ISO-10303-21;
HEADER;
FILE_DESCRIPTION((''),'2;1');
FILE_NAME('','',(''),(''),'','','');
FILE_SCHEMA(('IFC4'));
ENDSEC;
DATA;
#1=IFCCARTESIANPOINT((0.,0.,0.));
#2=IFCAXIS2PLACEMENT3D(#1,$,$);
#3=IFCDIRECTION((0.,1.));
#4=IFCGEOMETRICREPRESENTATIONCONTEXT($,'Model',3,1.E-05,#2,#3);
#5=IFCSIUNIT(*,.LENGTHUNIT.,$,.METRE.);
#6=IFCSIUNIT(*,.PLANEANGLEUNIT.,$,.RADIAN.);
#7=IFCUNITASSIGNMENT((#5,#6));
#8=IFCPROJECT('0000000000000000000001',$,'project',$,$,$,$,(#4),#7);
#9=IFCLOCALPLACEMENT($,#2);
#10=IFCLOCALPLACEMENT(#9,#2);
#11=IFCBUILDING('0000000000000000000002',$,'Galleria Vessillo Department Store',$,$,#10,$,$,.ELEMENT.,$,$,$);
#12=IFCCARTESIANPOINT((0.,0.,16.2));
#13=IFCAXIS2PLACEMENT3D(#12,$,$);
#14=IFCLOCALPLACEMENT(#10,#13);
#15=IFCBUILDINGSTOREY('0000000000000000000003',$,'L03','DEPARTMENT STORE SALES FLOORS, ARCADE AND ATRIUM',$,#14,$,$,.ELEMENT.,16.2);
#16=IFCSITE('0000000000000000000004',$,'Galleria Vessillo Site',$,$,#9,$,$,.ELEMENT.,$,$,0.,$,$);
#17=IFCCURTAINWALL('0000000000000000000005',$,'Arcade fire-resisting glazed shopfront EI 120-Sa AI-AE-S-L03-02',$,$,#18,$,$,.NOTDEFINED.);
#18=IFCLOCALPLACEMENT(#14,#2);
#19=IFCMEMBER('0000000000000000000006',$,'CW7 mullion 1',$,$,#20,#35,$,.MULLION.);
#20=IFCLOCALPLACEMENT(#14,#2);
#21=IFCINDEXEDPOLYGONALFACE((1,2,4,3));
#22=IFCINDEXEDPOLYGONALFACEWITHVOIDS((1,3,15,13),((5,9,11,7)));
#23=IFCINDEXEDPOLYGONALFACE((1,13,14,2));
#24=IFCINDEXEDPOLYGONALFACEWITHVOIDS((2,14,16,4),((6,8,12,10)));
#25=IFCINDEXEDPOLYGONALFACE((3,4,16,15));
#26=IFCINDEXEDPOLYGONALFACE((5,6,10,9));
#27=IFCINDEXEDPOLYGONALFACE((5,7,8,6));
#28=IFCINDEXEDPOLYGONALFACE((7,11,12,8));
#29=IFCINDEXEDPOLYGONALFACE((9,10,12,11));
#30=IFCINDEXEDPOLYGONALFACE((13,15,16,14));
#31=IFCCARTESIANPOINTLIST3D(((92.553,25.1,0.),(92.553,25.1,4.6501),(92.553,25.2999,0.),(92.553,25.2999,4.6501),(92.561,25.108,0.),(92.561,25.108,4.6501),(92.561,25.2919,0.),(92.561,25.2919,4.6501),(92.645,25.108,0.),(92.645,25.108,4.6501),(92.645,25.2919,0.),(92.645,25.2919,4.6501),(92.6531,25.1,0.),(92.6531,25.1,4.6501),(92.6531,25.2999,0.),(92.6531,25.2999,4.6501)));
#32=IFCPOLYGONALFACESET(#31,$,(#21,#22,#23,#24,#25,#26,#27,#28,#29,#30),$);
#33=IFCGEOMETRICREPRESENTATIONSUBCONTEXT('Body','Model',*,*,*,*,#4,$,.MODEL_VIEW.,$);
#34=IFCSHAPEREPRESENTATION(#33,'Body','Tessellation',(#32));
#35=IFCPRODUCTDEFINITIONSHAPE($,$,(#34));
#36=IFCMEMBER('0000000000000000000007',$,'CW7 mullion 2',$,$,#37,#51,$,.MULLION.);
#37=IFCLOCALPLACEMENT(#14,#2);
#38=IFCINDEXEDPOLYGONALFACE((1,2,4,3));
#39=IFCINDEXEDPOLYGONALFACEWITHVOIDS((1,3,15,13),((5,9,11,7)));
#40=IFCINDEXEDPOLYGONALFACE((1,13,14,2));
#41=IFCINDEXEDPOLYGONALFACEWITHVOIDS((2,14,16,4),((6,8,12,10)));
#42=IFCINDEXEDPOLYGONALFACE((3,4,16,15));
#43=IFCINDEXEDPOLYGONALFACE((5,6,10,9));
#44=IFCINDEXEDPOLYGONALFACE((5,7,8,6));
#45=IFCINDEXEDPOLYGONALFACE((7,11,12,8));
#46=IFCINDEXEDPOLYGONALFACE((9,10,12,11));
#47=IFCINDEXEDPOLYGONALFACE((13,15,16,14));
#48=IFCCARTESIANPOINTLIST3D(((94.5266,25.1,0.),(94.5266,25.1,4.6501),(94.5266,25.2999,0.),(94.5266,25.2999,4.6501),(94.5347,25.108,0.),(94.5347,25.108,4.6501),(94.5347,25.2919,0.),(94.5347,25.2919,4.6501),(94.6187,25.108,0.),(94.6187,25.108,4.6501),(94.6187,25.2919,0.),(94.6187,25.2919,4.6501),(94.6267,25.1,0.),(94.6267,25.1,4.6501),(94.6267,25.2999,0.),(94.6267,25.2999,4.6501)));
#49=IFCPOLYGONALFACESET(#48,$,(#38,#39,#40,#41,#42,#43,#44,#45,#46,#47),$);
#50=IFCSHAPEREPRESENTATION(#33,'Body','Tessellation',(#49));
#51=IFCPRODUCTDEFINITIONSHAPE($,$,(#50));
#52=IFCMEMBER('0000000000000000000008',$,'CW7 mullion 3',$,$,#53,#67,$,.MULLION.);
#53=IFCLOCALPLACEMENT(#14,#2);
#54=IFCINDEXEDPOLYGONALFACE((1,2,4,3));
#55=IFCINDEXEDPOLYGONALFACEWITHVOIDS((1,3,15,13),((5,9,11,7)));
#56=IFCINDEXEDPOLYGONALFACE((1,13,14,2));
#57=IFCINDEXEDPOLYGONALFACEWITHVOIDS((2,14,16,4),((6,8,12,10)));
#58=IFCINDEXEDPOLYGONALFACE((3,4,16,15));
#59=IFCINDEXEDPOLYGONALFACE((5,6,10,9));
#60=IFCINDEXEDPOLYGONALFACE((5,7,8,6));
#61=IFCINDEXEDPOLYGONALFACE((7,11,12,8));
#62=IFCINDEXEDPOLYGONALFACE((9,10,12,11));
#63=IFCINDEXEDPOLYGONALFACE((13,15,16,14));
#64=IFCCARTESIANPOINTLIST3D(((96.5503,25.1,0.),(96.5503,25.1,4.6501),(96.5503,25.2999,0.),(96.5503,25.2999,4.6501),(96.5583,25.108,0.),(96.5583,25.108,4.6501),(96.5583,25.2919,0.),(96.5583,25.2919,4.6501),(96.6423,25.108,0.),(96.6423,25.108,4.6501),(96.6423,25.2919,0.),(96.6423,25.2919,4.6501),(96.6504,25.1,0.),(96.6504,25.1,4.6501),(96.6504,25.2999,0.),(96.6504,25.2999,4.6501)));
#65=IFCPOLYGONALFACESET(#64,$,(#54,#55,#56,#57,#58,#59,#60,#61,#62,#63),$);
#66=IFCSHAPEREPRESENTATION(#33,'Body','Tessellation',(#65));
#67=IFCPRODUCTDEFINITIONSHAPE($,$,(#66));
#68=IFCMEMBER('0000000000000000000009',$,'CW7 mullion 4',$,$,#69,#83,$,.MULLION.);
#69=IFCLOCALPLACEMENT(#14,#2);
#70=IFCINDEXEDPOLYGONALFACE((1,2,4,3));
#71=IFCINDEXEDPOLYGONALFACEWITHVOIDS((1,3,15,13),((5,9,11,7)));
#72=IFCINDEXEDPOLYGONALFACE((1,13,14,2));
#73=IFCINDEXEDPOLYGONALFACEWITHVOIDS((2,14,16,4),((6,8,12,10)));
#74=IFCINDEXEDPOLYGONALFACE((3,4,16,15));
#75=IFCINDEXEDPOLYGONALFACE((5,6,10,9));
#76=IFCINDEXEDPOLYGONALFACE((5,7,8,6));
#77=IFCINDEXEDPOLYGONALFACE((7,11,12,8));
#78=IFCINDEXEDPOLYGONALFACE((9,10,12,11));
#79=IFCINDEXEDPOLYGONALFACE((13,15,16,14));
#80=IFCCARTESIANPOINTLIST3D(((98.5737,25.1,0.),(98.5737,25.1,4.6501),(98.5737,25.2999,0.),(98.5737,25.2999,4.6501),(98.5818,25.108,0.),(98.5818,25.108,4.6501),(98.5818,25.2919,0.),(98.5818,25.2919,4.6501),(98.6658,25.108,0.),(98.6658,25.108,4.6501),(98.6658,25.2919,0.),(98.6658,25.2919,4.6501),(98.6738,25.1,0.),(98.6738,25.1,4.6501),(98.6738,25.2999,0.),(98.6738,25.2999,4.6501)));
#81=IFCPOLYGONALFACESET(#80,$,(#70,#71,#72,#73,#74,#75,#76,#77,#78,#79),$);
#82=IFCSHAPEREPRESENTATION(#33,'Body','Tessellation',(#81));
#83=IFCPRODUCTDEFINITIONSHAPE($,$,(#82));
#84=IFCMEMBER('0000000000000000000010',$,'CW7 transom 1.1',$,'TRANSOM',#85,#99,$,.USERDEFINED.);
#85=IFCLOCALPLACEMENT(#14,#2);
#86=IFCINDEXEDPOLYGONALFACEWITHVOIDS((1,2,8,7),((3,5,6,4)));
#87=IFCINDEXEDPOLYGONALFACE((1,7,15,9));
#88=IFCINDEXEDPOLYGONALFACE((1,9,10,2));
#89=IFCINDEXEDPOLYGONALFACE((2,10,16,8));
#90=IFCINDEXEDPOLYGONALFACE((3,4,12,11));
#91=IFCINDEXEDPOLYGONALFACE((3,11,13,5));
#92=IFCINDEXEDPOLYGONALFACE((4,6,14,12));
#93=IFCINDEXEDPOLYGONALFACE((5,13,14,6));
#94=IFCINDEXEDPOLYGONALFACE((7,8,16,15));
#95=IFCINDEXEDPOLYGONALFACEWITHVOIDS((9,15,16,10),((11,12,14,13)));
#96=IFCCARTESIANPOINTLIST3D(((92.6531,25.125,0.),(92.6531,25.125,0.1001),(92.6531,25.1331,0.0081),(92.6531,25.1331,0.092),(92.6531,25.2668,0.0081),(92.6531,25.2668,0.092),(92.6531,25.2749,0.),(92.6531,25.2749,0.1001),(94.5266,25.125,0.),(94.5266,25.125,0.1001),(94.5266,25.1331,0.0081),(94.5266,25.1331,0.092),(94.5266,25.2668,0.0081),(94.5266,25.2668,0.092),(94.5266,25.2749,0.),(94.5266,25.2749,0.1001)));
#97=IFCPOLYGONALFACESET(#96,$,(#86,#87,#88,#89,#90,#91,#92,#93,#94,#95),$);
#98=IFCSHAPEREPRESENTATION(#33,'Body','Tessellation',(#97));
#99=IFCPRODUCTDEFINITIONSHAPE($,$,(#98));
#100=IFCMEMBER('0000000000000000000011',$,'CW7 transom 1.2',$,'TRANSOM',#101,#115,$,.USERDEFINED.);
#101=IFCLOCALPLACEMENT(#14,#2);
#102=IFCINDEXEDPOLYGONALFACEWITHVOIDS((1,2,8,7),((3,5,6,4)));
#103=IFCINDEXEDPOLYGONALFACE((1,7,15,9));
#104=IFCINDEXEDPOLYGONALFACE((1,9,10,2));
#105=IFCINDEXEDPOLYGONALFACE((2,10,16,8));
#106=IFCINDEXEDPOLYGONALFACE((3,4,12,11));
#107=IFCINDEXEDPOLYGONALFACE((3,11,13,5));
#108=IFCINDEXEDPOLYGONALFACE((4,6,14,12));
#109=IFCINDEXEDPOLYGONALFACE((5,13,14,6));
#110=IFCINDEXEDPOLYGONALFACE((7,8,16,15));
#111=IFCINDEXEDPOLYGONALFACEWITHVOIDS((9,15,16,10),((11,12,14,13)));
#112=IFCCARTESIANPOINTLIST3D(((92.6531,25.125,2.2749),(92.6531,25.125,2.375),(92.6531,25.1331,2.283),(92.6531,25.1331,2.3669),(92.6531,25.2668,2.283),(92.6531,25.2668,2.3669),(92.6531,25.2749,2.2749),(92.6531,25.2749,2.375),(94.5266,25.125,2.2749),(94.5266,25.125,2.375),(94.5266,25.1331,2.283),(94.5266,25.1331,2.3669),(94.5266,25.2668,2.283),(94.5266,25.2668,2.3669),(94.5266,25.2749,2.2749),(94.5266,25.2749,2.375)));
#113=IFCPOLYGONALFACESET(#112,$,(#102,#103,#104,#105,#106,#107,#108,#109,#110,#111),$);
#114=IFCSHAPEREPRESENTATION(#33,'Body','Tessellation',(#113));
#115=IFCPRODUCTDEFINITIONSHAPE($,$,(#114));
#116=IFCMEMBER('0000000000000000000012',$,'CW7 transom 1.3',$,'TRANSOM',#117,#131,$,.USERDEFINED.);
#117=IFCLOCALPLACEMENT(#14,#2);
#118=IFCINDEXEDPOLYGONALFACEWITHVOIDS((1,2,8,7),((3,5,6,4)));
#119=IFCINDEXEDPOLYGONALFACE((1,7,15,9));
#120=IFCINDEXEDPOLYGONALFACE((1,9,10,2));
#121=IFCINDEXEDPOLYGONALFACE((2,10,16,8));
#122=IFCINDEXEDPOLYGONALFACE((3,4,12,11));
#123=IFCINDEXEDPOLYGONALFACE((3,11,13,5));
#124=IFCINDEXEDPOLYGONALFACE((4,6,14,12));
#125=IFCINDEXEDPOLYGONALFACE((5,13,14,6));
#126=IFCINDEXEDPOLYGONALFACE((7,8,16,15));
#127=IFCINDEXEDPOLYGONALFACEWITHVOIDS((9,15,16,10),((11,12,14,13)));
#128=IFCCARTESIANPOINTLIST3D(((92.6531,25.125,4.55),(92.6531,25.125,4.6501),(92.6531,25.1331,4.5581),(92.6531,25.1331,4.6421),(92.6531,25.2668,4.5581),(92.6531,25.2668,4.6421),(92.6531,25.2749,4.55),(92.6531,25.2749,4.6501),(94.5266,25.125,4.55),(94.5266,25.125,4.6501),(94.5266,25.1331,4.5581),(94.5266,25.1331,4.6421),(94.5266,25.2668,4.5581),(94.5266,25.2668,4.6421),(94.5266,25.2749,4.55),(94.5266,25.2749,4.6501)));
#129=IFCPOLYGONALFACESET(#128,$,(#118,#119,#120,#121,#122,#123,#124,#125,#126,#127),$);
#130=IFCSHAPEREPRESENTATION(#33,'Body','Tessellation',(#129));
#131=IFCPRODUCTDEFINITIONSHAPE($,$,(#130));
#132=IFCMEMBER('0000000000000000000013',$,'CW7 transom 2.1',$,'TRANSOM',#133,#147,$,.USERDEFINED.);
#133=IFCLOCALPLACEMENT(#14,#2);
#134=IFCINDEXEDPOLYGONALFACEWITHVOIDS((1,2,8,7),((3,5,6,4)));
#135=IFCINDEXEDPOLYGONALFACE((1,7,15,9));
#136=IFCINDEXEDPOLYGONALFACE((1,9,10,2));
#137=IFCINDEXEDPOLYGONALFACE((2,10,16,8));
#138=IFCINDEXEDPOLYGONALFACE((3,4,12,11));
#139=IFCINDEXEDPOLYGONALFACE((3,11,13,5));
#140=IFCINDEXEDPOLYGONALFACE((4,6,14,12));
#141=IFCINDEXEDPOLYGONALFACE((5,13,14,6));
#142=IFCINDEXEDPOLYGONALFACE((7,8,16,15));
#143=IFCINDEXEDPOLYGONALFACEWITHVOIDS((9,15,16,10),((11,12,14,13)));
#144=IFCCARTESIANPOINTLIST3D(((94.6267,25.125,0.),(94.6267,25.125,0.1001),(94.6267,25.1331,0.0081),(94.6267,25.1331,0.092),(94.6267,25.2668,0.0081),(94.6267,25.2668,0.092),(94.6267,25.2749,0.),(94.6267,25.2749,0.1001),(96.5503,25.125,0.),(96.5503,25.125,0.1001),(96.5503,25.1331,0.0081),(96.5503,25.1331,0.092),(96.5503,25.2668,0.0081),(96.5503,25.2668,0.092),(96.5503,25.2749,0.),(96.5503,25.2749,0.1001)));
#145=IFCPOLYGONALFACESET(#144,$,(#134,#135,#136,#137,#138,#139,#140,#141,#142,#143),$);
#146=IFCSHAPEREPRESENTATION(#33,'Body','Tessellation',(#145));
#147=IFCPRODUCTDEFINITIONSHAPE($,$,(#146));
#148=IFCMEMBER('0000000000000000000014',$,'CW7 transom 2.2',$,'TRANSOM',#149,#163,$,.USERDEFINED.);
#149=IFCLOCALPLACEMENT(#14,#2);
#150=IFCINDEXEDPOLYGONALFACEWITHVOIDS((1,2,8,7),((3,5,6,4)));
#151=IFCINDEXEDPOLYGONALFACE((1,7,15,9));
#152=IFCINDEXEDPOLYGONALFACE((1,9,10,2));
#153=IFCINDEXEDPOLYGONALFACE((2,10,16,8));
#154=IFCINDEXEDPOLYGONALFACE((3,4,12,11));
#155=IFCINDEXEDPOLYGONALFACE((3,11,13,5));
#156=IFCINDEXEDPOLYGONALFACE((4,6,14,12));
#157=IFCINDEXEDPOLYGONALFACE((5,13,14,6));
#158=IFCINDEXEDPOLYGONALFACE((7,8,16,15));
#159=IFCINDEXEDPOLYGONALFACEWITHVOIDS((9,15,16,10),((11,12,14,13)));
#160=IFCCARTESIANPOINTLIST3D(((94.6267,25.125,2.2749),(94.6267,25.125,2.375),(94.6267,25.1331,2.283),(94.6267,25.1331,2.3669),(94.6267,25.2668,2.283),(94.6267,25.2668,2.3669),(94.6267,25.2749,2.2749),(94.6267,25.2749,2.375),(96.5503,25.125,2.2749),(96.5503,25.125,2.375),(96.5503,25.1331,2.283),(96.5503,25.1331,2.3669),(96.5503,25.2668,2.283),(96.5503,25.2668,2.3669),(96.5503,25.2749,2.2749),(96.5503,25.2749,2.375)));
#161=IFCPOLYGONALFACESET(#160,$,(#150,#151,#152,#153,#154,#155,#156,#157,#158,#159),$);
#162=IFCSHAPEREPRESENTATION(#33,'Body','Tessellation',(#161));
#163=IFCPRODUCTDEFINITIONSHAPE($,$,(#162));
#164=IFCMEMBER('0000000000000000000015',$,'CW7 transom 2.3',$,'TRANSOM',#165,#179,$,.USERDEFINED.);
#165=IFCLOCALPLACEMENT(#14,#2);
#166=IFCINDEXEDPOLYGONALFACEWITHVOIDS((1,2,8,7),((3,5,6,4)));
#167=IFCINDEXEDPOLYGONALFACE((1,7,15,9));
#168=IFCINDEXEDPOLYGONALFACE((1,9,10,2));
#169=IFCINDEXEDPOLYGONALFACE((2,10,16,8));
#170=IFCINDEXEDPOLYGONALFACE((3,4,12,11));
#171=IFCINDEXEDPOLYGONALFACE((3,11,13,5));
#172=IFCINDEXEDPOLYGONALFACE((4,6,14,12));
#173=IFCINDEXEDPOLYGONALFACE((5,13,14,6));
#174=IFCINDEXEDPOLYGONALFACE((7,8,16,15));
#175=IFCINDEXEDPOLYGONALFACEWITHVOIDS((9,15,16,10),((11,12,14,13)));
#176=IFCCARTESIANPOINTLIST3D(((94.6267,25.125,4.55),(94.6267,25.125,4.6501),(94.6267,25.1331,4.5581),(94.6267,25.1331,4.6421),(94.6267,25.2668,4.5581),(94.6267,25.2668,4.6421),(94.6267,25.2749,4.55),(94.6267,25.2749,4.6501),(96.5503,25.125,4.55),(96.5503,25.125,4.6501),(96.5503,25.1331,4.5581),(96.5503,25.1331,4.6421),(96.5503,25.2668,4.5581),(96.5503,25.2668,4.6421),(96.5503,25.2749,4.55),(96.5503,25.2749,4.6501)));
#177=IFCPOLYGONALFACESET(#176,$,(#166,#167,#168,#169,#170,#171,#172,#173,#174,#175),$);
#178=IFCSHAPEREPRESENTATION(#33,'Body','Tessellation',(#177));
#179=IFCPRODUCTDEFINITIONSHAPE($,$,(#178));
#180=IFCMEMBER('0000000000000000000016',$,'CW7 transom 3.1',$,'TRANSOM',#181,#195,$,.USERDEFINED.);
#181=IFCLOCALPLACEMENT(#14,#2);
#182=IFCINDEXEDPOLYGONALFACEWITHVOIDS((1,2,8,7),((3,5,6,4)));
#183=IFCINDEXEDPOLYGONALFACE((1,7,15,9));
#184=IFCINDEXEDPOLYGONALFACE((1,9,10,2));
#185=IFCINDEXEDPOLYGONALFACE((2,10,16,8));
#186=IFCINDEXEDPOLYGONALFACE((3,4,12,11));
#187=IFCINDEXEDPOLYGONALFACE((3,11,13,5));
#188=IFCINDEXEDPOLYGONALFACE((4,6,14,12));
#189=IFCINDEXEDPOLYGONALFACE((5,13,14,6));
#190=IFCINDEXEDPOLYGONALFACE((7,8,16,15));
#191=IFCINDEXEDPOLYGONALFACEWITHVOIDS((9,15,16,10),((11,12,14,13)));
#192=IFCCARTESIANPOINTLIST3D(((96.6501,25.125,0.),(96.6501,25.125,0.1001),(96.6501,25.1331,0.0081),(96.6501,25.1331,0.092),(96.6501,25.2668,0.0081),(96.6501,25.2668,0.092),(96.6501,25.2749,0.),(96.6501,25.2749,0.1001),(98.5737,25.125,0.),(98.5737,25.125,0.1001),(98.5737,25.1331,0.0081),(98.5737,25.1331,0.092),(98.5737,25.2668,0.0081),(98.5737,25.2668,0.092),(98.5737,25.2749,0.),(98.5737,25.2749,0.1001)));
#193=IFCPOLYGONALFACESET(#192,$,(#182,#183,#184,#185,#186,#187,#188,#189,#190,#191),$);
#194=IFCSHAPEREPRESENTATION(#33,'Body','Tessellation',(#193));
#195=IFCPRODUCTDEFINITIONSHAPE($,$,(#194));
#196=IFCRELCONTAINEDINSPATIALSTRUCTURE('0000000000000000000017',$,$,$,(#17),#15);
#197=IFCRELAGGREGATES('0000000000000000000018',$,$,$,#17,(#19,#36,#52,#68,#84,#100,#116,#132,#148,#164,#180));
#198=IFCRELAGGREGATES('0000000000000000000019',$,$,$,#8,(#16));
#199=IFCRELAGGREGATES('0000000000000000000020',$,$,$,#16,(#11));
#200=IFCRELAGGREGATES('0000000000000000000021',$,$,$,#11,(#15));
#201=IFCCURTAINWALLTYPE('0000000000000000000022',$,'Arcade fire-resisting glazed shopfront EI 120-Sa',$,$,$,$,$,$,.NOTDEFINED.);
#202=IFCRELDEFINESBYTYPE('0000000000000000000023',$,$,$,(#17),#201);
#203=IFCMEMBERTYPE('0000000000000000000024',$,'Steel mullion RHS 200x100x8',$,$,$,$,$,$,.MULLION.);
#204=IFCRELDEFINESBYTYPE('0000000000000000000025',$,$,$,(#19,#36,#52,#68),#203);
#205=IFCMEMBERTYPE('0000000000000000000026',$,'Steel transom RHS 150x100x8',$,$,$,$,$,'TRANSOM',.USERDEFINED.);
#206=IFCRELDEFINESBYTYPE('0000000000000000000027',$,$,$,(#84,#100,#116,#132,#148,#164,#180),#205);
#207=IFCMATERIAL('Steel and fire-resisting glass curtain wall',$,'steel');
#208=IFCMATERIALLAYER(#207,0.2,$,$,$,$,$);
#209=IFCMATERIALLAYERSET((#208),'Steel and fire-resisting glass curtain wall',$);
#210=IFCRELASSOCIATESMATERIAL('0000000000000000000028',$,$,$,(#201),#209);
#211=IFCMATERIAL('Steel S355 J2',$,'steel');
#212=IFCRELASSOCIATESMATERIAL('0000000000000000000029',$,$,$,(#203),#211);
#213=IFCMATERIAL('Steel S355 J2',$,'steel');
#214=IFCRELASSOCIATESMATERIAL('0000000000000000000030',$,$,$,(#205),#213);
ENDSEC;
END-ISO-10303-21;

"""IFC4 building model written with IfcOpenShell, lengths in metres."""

from ifc_helpers import new_model, si_unit, direction, frame, origin, origin_2d, place, context, subcontext, project, spatial, hollow_rectangle, extrude, material, layer, layer_set, material_profile, profile_set, type_object, element, aggregate, save


model = new_model("IFC4")

# Units and contexts
model_context = context("Model", 3, precision=1e-05, world=origin(), true_north=direction((0.0, 1.0)))
body_context = subcontext(model_context, "Body", "Model", "MODEL_VIEW")
ifc_project = project(units=[si_unit("LENGTHUNIT", "METRE"), si_unit("PLANEANGLEUNIT", "RADIAN")], contexts=[model_context])

# Site, building, storey
site_placement = place(None, origin())
site = spatial("IfcSite", under=ifc_project, at=site_placement, Name="Galleria Vessillo Site", CompositionType="ELEMENT", RefElevation=0.0)
building_placement = place(site_placement, origin())
building = spatial("IfcBuilding", under=site, at=building_placement, Name="Galleria Vessillo Department Store", CompositionType="ELEMENT")
storey_placement = place(building_placement, frame((0.0, 0.0, 16.2)))
storey = spatial("IfcBuildingStorey", under=building, at=storey_placement, Name="L03", Description="DEPARTMENT STORE SALES FLOORS, ARCADE AND ATRIUM", CompositionType="ELEMENT", Elevation=16.2)

# Curtain wall, members
ifc_material_1 = material(Name="Steel and fire-resisting glass curtain wall", Category="steel")
ifc_layer_1 = layer(ifc_material_1, 0.2)
ifc_layer_set_1 = layer_set([ifc_layer_1], Name="Steel and fire-resisting glass curtain wall")
curtain_wall_type = type_object("IfcCurtainWallType", Name="Arcade fire-resisting glazed shopfront EI 120-Sa", PredefinedType="NOTDEFINED", material=ifc_layer_set_1)
curtain_wall_placement = place(storey_placement, origin())
curtain_wall = element("IfcCurtainWall", 1, at=curtain_wall_placement, inside=storey, type_object=curtain_wall_type, Name="Arcade fire-resisting glazed shopfront EI 120-Sa AI-AE-S-L03-02", PredefinedType="NOTDEFINED")
ifc_material_2 = material(Name="Steel S355 J2", Category="steel")
ifc_material_profile_1 = material_profile(ifc_material_2, hollow_rectangle(XDim=0.2, YDim=0.1001, WallThickness=0.0081, at=origin_2d()), Name="RHS 200x100x8")
ifc_profile_set_1 = profile_set([ifc_material_profile_1], Name="Steel S355 J2")
member_type_1 = type_object("IfcMemberType", Name="Steel mullion RHS 200x100x8", PredefinedType="MULLION", material=ifc_profile_set_1)
member_1_placement = place(storey_placement, frame((92.603, 25.2, 0.0), z_axis=(0.0, 0.0, 1.0), x_axis=(0.0, 1.0, 0.0)))
member_1 = element("IfcMember", 2, at=member_1_placement, type_object=member_type_1, Name="CW7 mullion 1", PredefinedType="MULLION", context=body_context, shape_type="SweptSolid", body=[
    extrude(hollow_rectangle(XDim=0.2, YDim=0.1001, WallThickness=0.0081, at=origin_2d()), origin(), (0.0, 0.0, 1.0), 4.6501),
])
member_2_placement = place(storey_placement, frame((94.5767, 25.2, 0.0), z_axis=(0.0, 0.0, 1.0), x_axis=(0.0, 1.0, 0.0)))
member_2 = element("IfcMember", 3, at=member_2_placement, type_object=member_type_1, Name="CW7 mullion 2", PredefinedType="MULLION", context=body_context, shape_type="SweptSolid", body=[
    extrude(hollow_rectangle(XDim=0.2, YDim=0.1001, WallThickness=0.0081, at=origin_2d()), origin(), (0.0, 0.0, 1.0), 4.6501),
])
member_3_placement = place(storey_placement, frame((96.6003, 25.2, 0.0), z_axis=(0.0, 0.0, 1.0), x_axis=(0.0, 1.0, 0.0)))
member_3 = element("IfcMember", 4, at=member_3_placement, type_object=member_type_1, Name="CW7 mullion 3", PredefinedType="MULLION", context=body_context, shape_type="SweptSolid", body=[
    extrude(hollow_rectangle(XDim=0.2, YDim=0.1001, WallThickness=0.0081, at=origin_2d()), origin(), (0.0, 0.0, 1.0), 4.6501),
])
member_4_placement = place(storey_placement, frame((98.6238, 25.2, 0.0), z_axis=(0.0, 0.0, 1.0), x_axis=(0.0, 1.0, 0.0)))
member_4 = element("IfcMember", 5, at=member_4_placement, type_object=member_type_1, Name="CW7 mullion 4", PredefinedType="MULLION", context=body_context, shape_type="SweptSolid", body=[
    extrude(hollow_rectangle(XDim=0.2, YDim=0.1001, WallThickness=0.0081, at=origin_2d()), origin(), (0.0, 0.0, 1.0), 4.6501),
])
ifc_material_3 = material(Name="Steel S355 J2", Category="steel")
ifc_material_profile_2 = material_profile(ifc_material_3, hollow_rectangle(XDim=0.1499, YDim=0.1001, WallThickness=0.0081, at=origin_2d()), Name="RHS 150x100x8")
ifc_profile_set_2 = profile_set([ifc_material_profile_2], Name="Steel S355 J2")
member_type_2 = type_object("IfcMemberType", Name="Steel transom RHS 150x100x8", ElementType="TRANSOM", PredefinedType="USERDEFINED", material=ifc_profile_set_2)
member_5_placement = place(storey_placement, frame((92.6531, 25.2, 0.05), z_axis=(1.0, 0.0, 0.0), x_axis=(0.0, 1.0, 0.0)))
member_5 = element("IfcMember", 6, at=member_5_placement, type_object=member_type_2, Name="CW7 transom 1.1", ObjectType="TRANSOM", PredefinedType="USERDEFINED", context=body_context, shape_type="SweptSolid", body=[
    extrude(hollow_rectangle(XDim=0.1499, YDim=0.1001, WallThickness=0.0081, at=origin_2d()), origin(), (0.0, 0.0, 1.0), 1.8735),
])
member_6_placement = place(storey_placement, frame((92.6531, 25.2, 2.325), z_axis=(1.0, 0.0, 0.0), x_axis=(0.0, 1.0, 0.0)))
member_6 = element("IfcMember", 7, at=member_6_placement, type_object=member_type_2, Name="CW7 transom 1.2", ObjectType="TRANSOM", PredefinedType="USERDEFINED", context=body_context, shape_type="SweptSolid", body=[
    extrude(hollow_rectangle(XDim=0.1499, YDim=0.1001, WallThickness=0.0081, at=origin_2d()), origin(), (0.0, 0.0, 1.0), 1.8735),
])
member_7_placement = place(storey_placement, frame((92.6531, 25.2, 4.6001), z_axis=(1.0, 0.0, 0.0), x_axis=(0.0, 1.0, 0.0)))
member_7 = element("IfcMember", 8, at=member_7_placement, type_object=member_type_2, Name="CW7 transom 1.3", ObjectType="TRANSOM", PredefinedType="USERDEFINED", context=body_context, shape_type="SweptSolid", body=[
    extrude(hollow_rectangle(XDim=0.1499, YDim=0.1001, WallThickness=0.0081, at=origin_2d()), origin(), (0.0, 0.0, 1.0), 1.8735),
])
member_8_placement = place(storey_placement, frame((94.6267, 25.2, 0.05), z_axis=(1.0, 0.0, 0.0), x_axis=(0.0, 1.0, 0.0)))
member_8 = element("IfcMember", 9, at=member_8_placement, type_object=member_type_2, Name="CW7 transom 2.1", ObjectType="TRANSOM", PredefinedType="USERDEFINED", context=body_context, shape_type="SweptSolid", body=[
    extrude(hollow_rectangle(XDim=0.1499, YDim=0.1001, WallThickness=0.0081, at=origin_2d()), origin(), (0.0, 0.0, 1.0), 1.9236),
])
member_9_placement = place(storey_placement, frame((94.6267, 25.2, 2.325), z_axis=(1.0, 0.0, 0.0), x_axis=(0.0, 1.0, 0.0)))
member_9 = element("IfcMember", 10, at=member_9_placement, type_object=member_type_2, Name="CW7 transom 2.2", ObjectType="TRANSOM", PredefinedType="USERDEFINED", context=body_context, shape_type="SweptSolid", body=[
    extrude(hollow_rectangle(XDim=0.1499, YDim=0.1001, WallThickness=0.0081, at=origin_2d()), origin(), (0.0, 0.0, 1.0), 1.9236),
])
member_10_placement = place(storey_placement, frame((94.6267, 25.2, 4.6001), z_axis=(1.0, 0.0, 0.0), x_axis=(0.0, 1.0, 0.0)))
member_10 = element("IfcMember", 11, at=member_10_placement, type_object=member_type_2, Name="CW7 transom 2.3", ObjectType="TRANSOM", PredefinedType="USERDEFINED", context=body_context, shape_type="SweptSolid", body=[
    extrude(hollow_rectangle(XDim=0.1499, YDim=0.1001, WallThickness=0.0081, at=origin_2d()), origin(), (0.0, 0.0, 1.0), 1.9236),
])
member_11_placement = place(storey_placement, frame((96.6501, 25.2, 0.05), z_axis=(1.0, 0.0, 0.0), x_axis=(0.0, 1.0, 0.0)))
member_11 = element("IfcMember", 12, at=member_11_placement, type_object=member_type_2, Name="CW7 transom 3.1", ObjectType="TRANSOM", PredefinedType="USERDEFINED", context=body_context, shape_type="SweptSolid", body=[
    extrude(hollow_rectangle(XDim=0.1499, YDim=0.1001, WallThickness=0.0081, at=origin_2d()), origin(), (0.0, 0.0, 1.0), 1.9236),
])

aggregate(curtain_wall, [member_1, member_2, member_3, member_4, member_5, member_6, member_7, member_8, member_9, member_10, member_11])

save(model, "model.ifc")
